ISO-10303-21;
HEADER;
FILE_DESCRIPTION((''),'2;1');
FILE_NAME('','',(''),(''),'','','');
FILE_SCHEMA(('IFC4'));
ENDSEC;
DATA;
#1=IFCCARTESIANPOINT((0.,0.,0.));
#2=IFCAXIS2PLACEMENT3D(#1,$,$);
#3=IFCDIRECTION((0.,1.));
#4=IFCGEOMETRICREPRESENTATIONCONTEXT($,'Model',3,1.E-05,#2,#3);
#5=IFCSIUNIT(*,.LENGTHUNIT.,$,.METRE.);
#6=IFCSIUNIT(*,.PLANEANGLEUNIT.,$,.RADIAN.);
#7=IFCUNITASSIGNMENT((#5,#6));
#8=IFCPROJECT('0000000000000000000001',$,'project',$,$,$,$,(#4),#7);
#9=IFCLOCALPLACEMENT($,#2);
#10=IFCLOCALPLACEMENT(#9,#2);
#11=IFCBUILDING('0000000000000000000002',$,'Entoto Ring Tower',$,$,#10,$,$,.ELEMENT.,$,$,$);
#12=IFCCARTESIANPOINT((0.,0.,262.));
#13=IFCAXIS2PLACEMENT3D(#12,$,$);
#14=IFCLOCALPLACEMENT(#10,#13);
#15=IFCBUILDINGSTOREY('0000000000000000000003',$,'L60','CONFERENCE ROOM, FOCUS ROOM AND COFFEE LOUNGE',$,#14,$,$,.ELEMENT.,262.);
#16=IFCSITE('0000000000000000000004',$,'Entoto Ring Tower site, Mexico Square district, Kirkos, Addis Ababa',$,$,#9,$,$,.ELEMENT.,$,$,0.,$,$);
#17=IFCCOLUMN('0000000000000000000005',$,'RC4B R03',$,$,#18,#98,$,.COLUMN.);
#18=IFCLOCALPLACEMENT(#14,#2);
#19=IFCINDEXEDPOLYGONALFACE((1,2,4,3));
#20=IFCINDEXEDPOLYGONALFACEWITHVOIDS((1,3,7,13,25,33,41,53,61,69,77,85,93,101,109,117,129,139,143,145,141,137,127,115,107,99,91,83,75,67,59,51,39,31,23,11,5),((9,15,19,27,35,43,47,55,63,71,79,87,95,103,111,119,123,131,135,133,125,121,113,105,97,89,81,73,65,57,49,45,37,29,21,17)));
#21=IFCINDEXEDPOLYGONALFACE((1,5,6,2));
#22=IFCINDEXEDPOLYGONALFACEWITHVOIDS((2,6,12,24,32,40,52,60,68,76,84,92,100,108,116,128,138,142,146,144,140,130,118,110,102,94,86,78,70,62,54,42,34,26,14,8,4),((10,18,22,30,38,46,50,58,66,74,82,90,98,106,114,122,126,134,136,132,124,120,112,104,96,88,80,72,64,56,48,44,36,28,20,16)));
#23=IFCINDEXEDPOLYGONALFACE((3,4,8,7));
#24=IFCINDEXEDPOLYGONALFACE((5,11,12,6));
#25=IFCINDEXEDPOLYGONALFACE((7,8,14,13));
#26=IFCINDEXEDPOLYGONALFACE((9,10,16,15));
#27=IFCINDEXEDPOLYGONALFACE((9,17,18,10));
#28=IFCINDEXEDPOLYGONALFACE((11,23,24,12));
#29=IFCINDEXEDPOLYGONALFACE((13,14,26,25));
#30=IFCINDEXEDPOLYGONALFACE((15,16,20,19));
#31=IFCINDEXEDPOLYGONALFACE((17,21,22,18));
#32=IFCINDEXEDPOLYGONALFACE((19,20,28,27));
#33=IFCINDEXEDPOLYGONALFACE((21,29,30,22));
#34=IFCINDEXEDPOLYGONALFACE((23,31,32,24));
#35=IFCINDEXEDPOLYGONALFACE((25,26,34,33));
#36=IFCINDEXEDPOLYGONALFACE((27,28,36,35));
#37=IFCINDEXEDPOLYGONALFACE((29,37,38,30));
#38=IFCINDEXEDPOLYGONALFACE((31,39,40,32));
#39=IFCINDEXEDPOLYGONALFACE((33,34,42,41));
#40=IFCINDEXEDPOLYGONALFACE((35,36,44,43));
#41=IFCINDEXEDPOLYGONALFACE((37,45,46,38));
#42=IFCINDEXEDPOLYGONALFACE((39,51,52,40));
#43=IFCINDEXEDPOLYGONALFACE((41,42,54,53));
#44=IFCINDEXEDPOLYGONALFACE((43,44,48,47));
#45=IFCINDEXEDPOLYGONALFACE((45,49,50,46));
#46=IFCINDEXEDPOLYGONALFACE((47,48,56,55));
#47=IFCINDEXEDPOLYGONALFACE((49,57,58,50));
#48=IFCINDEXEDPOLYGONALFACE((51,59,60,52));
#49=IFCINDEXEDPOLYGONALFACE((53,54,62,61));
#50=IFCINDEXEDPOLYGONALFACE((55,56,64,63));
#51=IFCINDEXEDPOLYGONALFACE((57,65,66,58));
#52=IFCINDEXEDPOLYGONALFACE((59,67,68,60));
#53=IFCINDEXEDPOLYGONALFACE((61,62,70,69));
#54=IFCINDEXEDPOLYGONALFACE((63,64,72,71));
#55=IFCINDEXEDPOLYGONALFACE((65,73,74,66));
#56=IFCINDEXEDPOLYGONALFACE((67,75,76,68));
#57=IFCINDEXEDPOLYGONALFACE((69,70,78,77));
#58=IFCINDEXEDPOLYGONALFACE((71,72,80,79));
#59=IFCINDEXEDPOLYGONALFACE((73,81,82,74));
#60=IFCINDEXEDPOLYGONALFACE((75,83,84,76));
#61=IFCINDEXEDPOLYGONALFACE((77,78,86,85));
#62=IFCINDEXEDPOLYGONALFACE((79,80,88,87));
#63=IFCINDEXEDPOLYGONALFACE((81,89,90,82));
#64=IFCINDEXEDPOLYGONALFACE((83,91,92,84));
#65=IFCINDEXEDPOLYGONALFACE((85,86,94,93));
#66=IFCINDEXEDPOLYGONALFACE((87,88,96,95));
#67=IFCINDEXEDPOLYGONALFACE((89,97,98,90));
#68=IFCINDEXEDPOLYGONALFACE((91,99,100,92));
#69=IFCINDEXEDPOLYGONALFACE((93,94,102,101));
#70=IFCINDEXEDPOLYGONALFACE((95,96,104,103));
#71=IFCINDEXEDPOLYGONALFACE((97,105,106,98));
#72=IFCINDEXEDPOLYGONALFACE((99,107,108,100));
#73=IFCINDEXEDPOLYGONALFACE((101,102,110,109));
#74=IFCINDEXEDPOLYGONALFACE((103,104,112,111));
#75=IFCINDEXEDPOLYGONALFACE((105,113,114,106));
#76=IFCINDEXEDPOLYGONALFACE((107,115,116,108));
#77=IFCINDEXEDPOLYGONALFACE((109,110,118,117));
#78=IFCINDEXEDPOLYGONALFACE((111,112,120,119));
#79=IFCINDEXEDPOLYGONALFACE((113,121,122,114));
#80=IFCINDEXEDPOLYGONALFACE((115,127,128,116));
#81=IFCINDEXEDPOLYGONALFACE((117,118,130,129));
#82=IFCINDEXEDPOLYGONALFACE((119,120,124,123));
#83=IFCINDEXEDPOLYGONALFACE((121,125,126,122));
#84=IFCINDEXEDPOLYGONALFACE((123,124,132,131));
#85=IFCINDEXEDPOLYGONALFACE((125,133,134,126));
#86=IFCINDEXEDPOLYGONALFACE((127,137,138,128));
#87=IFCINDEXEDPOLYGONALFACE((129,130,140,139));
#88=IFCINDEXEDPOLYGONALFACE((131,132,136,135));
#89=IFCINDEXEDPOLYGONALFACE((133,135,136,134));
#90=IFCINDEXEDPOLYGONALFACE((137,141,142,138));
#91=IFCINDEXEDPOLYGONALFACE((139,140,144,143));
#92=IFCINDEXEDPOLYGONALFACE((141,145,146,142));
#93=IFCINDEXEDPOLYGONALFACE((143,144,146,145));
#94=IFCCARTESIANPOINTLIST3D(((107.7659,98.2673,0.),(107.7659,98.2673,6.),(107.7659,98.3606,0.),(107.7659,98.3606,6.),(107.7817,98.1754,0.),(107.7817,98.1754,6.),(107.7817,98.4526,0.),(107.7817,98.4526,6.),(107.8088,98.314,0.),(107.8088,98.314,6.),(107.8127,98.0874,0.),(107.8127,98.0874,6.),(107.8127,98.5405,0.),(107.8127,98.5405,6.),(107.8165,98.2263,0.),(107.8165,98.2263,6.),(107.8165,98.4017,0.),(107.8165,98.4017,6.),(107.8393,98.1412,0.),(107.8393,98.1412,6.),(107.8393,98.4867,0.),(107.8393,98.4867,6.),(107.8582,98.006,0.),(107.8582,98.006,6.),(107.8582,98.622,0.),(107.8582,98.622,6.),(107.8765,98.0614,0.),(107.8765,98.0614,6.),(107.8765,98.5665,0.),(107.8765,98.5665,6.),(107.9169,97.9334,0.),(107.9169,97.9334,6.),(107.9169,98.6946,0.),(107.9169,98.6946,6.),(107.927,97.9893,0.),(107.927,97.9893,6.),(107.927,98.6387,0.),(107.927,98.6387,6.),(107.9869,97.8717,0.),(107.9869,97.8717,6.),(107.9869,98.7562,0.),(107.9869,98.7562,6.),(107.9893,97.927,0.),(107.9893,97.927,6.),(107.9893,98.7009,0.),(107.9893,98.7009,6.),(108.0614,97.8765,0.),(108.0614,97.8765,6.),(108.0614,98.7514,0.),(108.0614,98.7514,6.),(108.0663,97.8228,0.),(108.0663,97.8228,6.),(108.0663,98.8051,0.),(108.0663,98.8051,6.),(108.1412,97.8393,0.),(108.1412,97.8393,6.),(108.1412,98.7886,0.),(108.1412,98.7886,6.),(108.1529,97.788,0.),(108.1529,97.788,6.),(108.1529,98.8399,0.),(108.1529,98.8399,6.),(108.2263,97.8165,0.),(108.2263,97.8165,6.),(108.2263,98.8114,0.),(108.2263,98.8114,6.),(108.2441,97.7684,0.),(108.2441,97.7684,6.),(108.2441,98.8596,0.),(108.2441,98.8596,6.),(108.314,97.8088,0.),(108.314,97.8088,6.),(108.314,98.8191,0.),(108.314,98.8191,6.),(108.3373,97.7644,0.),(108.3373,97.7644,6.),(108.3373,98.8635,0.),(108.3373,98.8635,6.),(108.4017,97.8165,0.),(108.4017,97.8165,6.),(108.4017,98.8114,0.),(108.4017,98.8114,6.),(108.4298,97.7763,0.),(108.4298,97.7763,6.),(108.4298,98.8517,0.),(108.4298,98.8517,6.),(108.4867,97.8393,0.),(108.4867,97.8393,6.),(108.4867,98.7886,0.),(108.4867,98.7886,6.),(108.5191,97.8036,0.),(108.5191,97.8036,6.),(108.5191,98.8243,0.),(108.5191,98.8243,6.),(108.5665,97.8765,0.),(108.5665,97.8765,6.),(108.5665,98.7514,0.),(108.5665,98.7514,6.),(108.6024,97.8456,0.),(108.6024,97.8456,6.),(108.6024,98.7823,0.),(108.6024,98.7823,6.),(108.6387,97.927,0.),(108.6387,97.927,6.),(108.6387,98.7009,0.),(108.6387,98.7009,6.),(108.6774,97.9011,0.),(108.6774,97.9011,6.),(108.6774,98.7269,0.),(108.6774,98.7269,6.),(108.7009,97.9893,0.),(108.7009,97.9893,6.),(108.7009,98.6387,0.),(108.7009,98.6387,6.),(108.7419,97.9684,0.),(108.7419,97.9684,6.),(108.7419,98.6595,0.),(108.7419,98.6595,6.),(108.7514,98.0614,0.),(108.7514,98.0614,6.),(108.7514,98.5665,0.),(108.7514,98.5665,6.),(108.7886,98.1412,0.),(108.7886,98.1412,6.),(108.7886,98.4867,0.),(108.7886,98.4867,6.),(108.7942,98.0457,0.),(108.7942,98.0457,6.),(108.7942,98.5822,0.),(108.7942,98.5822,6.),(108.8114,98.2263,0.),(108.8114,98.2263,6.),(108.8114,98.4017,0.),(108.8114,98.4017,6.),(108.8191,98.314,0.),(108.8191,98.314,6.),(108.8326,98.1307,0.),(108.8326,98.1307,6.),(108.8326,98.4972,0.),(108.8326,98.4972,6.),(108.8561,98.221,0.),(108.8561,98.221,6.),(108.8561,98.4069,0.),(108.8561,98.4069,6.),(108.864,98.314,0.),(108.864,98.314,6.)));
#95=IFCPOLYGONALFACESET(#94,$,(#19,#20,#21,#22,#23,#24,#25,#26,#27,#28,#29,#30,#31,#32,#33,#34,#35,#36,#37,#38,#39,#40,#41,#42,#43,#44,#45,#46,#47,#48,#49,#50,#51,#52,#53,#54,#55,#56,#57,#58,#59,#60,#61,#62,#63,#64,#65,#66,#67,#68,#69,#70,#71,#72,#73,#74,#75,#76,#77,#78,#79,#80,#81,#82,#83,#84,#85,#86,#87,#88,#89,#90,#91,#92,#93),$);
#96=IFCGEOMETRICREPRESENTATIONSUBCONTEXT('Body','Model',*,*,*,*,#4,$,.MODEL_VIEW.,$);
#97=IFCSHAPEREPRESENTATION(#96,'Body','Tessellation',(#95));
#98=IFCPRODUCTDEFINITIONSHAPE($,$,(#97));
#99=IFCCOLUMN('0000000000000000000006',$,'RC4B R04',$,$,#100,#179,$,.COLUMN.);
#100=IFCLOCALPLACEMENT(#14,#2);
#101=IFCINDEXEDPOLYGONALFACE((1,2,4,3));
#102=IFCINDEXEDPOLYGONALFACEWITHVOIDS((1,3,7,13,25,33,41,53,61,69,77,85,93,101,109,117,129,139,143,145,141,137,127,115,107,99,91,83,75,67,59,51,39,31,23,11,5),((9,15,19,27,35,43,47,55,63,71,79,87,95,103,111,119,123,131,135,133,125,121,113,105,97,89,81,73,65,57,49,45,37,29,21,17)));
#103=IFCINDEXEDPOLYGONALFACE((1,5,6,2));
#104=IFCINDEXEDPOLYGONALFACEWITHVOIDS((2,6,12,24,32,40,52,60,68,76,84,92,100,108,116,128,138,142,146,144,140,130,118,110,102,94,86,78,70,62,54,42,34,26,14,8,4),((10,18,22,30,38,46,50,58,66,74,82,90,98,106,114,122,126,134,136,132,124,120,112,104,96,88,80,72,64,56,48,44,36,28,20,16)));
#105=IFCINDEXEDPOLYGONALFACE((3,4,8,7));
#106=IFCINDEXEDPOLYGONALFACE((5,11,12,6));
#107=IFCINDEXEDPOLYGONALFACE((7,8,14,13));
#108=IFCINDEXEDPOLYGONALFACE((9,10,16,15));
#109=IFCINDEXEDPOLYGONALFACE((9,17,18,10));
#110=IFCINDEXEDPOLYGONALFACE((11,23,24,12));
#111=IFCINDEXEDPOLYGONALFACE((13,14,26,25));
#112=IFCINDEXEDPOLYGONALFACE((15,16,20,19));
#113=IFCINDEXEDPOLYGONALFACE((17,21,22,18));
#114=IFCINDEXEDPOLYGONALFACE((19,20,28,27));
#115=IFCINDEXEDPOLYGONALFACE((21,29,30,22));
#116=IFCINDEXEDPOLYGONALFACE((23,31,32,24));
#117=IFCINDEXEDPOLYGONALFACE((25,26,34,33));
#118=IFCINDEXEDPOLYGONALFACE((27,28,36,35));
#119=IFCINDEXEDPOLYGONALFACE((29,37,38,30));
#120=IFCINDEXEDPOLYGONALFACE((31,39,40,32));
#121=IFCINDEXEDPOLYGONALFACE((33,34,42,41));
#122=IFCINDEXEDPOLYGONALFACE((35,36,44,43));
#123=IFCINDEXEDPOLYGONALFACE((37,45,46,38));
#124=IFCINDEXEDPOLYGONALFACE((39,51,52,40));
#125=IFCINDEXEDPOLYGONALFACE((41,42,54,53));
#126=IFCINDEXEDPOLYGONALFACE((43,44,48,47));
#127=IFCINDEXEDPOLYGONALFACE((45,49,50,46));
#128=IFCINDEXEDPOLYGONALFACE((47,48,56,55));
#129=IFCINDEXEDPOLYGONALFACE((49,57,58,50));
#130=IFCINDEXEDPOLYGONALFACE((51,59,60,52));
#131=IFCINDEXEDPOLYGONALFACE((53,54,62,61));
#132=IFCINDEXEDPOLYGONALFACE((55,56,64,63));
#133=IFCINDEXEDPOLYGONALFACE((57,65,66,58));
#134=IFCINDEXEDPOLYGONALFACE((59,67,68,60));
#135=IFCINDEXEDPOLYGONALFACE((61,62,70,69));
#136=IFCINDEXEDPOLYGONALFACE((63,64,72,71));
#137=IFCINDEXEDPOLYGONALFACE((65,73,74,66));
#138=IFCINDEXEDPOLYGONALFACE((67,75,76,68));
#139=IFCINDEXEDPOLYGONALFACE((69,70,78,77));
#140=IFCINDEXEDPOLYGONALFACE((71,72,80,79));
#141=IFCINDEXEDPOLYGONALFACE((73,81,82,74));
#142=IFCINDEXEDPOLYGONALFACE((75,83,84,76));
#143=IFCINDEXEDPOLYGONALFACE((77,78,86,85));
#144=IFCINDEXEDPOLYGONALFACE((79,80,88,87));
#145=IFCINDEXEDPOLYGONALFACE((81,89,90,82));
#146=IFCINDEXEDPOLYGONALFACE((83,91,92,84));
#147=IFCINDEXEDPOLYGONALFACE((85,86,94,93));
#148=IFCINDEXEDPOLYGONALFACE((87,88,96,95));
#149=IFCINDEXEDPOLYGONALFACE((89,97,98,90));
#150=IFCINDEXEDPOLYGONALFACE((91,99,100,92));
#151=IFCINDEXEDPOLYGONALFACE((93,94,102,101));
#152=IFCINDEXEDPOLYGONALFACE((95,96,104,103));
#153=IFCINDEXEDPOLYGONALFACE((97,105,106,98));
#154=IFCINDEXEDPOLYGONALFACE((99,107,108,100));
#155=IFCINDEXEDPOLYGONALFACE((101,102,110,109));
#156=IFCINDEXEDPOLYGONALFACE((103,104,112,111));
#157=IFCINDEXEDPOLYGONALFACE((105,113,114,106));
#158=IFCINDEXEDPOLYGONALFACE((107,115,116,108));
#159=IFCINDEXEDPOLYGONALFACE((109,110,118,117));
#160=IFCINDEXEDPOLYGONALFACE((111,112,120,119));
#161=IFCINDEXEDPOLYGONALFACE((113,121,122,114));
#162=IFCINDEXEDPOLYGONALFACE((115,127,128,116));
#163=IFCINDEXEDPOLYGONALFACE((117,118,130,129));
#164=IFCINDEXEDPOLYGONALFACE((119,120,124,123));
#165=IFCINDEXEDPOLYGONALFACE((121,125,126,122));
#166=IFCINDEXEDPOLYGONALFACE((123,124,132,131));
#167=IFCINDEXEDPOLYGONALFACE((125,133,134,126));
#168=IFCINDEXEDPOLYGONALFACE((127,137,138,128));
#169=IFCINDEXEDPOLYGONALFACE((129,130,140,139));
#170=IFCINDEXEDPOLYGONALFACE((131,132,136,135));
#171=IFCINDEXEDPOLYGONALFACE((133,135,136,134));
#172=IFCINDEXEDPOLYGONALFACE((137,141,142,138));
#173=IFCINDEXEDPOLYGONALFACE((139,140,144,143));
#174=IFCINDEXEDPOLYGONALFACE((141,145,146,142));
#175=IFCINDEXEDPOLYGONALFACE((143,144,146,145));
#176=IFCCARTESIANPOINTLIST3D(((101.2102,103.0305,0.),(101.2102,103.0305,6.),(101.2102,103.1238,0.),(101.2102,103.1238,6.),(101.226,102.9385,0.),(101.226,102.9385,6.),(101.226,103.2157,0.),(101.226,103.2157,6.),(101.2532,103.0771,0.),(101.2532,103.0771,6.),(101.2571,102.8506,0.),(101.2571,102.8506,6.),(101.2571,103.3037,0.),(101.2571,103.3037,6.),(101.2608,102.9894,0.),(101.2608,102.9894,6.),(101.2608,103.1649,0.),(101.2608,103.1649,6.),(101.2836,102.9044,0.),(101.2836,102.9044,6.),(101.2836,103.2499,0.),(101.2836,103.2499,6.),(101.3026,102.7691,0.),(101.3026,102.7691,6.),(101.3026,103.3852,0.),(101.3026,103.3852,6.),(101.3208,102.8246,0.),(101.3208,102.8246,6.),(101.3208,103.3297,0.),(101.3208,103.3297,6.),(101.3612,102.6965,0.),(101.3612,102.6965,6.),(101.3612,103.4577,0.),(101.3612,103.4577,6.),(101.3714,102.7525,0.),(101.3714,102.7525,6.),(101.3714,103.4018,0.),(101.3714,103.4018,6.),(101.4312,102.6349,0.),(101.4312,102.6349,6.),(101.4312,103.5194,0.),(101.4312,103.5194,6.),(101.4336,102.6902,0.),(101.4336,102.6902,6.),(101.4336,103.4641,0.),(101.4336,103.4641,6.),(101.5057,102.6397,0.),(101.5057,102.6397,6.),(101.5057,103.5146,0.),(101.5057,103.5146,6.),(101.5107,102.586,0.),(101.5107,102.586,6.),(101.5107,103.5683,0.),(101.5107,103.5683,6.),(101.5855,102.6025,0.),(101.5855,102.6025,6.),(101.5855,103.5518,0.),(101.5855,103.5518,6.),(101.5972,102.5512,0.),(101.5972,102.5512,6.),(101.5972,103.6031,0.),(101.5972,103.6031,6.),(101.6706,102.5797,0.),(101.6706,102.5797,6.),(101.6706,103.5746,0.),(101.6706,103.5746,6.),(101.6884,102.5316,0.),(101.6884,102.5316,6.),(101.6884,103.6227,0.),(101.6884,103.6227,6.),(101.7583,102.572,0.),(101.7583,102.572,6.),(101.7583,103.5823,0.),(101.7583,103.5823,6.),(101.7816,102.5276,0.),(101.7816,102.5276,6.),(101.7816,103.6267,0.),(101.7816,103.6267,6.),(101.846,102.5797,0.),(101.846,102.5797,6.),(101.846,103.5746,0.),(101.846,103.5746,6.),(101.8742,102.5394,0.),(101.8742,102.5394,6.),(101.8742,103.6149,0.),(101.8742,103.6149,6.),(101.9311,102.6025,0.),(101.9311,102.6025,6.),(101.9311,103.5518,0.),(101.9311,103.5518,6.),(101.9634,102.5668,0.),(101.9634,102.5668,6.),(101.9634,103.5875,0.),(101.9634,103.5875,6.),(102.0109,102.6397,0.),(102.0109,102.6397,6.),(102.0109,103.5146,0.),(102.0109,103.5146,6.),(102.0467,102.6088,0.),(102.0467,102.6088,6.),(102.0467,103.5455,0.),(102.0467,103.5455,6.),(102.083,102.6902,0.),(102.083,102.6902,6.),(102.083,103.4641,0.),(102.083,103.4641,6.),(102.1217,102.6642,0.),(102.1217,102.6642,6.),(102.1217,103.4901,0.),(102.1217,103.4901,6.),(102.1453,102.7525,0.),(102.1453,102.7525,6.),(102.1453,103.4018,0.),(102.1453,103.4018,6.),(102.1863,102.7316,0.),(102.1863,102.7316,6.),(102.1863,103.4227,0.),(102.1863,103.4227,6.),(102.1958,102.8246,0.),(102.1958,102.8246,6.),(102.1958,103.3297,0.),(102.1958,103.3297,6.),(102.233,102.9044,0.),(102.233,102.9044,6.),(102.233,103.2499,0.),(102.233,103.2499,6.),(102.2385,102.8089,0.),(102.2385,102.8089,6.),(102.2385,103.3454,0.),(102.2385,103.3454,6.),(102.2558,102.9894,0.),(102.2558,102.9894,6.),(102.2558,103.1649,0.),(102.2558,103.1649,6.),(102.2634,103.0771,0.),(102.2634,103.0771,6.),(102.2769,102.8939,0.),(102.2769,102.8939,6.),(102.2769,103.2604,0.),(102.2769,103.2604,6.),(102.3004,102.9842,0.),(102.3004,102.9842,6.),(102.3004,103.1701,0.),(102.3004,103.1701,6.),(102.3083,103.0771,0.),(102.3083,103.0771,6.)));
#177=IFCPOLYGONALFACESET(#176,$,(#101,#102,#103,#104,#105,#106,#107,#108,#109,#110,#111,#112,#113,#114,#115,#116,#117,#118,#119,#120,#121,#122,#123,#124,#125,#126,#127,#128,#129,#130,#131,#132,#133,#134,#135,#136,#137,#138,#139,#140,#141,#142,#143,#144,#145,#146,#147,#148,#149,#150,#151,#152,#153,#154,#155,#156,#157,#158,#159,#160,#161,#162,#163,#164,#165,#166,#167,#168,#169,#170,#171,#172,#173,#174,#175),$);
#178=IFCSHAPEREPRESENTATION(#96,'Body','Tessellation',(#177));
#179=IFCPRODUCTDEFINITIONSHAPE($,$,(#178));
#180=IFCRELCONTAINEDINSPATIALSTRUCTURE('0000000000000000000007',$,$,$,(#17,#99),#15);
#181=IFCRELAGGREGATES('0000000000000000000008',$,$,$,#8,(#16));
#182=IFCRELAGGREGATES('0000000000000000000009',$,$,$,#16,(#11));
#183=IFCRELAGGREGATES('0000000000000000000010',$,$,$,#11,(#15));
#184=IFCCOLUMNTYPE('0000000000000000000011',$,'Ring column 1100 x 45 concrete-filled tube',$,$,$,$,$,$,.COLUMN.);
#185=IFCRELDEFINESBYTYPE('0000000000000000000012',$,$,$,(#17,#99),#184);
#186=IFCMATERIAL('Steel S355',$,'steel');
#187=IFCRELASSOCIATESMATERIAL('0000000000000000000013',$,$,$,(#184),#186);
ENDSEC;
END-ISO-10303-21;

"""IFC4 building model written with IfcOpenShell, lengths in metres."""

from ifc_helpers import new_model, si_unit, direction, frame, origin, origin_2d, place, context, subcontext, project, spatial, circle, hollow_circle, extrude, material, material_profile, profile_set, type_object, element, save


model = new_model("IFC4")

# Units and contexts
model_context = context("Model", 3, precision=1e-05, world=origin(), true_north=direction((0.0, 1.0)))
body_context = subcontext(model_context, "Body", "Model", "MODEL_VIEW")
ifc_project = project(units=[si_unit("LENGTHUNIT", "METRE"), si_unit("PLANEANGLEUNIT", "RADIAN")], contexts=[model_context])

# Site, building, storey
site_placement = place(None, origin())
site = spatial("IfcSite", under=ifc_project, at=site_placement, Name="Entoto Ring Tower site, Mexico Square district, Kirkos, Addis Ababa", CompositionType="ELEMENT", RefElevation=0.0)
building_placement = place(site_placement, origin())
building = spatial("IfcBuilding", under=site, at=building_placement, Name="Entoto Ring Tower", CompositionType="ELEMENT")
storey_placement = place(building_placement, frame((0.0, 0.0, 262.0)))
storey = spatial("IfcBuildingStorey", under=building, at=storey_placement, Name="L60", Description="CONFERENCE ROOM, FOCUS ROOM AND COFFEE LOUNGE", CompositionType="ELEMENT", Elevation=262.0)

# Columns
ifc_material_1 = material(Name="Steel S355", Category="steel")
ifc_material_profile_1 = material_profile(ifc_material_1, hollow_circle(Radius=0.55, WallThickness=0.0449, at=origin_2d()), Name="CHS 1100 x 45")
ifc_material_2 = material(Name="Concrete C60/75", Category="concrete")
ifc_material_profile_2 = material_profile(ifc_material_2, circle(Radius=0.5049, at=origin_2d()), Name="Concrete C60/75 infill")
ifc_profile_set_1 = profile_set([ifc_material_profile_1, ifc_material_profile_2], Name="Steel S355")
column_type = type_object("IfcColumnType", Name="Ring column 1100 x 45 concrete-filled tube", PredefinedType="COLUMN", material=ifc_profile_set_1)
for number, where, z_axis, x_axis, name in (
    (1, (108.314, 98.314, 0.0), (0.0, 0.0, 1.0), (1.0, 0.0, 0.0), "RC4B R03"),
    (2, (101.7583, 103.0771, 0.0), (0.0, 0.0, 1.0), (1.0, 0.0, 0.0), "RC4B R04"),
):
    element("IfcColumn", number, at=place(storey_placement, frame(where, z_axis=z_axis, x_axis=x_axis)), inside=storey, type_object=column_type, Name=name, PredefinedType="COLUMN", context=body_context, shape_type="SweptSolid", body=[
        extrude(hollow_circle(Radius=0.55, WallThickness=0.0449, at=origin_2d()), origin(), (0.0, 0.0, 1.0), 6.0),
    ])

save(model, "model.ifc")
